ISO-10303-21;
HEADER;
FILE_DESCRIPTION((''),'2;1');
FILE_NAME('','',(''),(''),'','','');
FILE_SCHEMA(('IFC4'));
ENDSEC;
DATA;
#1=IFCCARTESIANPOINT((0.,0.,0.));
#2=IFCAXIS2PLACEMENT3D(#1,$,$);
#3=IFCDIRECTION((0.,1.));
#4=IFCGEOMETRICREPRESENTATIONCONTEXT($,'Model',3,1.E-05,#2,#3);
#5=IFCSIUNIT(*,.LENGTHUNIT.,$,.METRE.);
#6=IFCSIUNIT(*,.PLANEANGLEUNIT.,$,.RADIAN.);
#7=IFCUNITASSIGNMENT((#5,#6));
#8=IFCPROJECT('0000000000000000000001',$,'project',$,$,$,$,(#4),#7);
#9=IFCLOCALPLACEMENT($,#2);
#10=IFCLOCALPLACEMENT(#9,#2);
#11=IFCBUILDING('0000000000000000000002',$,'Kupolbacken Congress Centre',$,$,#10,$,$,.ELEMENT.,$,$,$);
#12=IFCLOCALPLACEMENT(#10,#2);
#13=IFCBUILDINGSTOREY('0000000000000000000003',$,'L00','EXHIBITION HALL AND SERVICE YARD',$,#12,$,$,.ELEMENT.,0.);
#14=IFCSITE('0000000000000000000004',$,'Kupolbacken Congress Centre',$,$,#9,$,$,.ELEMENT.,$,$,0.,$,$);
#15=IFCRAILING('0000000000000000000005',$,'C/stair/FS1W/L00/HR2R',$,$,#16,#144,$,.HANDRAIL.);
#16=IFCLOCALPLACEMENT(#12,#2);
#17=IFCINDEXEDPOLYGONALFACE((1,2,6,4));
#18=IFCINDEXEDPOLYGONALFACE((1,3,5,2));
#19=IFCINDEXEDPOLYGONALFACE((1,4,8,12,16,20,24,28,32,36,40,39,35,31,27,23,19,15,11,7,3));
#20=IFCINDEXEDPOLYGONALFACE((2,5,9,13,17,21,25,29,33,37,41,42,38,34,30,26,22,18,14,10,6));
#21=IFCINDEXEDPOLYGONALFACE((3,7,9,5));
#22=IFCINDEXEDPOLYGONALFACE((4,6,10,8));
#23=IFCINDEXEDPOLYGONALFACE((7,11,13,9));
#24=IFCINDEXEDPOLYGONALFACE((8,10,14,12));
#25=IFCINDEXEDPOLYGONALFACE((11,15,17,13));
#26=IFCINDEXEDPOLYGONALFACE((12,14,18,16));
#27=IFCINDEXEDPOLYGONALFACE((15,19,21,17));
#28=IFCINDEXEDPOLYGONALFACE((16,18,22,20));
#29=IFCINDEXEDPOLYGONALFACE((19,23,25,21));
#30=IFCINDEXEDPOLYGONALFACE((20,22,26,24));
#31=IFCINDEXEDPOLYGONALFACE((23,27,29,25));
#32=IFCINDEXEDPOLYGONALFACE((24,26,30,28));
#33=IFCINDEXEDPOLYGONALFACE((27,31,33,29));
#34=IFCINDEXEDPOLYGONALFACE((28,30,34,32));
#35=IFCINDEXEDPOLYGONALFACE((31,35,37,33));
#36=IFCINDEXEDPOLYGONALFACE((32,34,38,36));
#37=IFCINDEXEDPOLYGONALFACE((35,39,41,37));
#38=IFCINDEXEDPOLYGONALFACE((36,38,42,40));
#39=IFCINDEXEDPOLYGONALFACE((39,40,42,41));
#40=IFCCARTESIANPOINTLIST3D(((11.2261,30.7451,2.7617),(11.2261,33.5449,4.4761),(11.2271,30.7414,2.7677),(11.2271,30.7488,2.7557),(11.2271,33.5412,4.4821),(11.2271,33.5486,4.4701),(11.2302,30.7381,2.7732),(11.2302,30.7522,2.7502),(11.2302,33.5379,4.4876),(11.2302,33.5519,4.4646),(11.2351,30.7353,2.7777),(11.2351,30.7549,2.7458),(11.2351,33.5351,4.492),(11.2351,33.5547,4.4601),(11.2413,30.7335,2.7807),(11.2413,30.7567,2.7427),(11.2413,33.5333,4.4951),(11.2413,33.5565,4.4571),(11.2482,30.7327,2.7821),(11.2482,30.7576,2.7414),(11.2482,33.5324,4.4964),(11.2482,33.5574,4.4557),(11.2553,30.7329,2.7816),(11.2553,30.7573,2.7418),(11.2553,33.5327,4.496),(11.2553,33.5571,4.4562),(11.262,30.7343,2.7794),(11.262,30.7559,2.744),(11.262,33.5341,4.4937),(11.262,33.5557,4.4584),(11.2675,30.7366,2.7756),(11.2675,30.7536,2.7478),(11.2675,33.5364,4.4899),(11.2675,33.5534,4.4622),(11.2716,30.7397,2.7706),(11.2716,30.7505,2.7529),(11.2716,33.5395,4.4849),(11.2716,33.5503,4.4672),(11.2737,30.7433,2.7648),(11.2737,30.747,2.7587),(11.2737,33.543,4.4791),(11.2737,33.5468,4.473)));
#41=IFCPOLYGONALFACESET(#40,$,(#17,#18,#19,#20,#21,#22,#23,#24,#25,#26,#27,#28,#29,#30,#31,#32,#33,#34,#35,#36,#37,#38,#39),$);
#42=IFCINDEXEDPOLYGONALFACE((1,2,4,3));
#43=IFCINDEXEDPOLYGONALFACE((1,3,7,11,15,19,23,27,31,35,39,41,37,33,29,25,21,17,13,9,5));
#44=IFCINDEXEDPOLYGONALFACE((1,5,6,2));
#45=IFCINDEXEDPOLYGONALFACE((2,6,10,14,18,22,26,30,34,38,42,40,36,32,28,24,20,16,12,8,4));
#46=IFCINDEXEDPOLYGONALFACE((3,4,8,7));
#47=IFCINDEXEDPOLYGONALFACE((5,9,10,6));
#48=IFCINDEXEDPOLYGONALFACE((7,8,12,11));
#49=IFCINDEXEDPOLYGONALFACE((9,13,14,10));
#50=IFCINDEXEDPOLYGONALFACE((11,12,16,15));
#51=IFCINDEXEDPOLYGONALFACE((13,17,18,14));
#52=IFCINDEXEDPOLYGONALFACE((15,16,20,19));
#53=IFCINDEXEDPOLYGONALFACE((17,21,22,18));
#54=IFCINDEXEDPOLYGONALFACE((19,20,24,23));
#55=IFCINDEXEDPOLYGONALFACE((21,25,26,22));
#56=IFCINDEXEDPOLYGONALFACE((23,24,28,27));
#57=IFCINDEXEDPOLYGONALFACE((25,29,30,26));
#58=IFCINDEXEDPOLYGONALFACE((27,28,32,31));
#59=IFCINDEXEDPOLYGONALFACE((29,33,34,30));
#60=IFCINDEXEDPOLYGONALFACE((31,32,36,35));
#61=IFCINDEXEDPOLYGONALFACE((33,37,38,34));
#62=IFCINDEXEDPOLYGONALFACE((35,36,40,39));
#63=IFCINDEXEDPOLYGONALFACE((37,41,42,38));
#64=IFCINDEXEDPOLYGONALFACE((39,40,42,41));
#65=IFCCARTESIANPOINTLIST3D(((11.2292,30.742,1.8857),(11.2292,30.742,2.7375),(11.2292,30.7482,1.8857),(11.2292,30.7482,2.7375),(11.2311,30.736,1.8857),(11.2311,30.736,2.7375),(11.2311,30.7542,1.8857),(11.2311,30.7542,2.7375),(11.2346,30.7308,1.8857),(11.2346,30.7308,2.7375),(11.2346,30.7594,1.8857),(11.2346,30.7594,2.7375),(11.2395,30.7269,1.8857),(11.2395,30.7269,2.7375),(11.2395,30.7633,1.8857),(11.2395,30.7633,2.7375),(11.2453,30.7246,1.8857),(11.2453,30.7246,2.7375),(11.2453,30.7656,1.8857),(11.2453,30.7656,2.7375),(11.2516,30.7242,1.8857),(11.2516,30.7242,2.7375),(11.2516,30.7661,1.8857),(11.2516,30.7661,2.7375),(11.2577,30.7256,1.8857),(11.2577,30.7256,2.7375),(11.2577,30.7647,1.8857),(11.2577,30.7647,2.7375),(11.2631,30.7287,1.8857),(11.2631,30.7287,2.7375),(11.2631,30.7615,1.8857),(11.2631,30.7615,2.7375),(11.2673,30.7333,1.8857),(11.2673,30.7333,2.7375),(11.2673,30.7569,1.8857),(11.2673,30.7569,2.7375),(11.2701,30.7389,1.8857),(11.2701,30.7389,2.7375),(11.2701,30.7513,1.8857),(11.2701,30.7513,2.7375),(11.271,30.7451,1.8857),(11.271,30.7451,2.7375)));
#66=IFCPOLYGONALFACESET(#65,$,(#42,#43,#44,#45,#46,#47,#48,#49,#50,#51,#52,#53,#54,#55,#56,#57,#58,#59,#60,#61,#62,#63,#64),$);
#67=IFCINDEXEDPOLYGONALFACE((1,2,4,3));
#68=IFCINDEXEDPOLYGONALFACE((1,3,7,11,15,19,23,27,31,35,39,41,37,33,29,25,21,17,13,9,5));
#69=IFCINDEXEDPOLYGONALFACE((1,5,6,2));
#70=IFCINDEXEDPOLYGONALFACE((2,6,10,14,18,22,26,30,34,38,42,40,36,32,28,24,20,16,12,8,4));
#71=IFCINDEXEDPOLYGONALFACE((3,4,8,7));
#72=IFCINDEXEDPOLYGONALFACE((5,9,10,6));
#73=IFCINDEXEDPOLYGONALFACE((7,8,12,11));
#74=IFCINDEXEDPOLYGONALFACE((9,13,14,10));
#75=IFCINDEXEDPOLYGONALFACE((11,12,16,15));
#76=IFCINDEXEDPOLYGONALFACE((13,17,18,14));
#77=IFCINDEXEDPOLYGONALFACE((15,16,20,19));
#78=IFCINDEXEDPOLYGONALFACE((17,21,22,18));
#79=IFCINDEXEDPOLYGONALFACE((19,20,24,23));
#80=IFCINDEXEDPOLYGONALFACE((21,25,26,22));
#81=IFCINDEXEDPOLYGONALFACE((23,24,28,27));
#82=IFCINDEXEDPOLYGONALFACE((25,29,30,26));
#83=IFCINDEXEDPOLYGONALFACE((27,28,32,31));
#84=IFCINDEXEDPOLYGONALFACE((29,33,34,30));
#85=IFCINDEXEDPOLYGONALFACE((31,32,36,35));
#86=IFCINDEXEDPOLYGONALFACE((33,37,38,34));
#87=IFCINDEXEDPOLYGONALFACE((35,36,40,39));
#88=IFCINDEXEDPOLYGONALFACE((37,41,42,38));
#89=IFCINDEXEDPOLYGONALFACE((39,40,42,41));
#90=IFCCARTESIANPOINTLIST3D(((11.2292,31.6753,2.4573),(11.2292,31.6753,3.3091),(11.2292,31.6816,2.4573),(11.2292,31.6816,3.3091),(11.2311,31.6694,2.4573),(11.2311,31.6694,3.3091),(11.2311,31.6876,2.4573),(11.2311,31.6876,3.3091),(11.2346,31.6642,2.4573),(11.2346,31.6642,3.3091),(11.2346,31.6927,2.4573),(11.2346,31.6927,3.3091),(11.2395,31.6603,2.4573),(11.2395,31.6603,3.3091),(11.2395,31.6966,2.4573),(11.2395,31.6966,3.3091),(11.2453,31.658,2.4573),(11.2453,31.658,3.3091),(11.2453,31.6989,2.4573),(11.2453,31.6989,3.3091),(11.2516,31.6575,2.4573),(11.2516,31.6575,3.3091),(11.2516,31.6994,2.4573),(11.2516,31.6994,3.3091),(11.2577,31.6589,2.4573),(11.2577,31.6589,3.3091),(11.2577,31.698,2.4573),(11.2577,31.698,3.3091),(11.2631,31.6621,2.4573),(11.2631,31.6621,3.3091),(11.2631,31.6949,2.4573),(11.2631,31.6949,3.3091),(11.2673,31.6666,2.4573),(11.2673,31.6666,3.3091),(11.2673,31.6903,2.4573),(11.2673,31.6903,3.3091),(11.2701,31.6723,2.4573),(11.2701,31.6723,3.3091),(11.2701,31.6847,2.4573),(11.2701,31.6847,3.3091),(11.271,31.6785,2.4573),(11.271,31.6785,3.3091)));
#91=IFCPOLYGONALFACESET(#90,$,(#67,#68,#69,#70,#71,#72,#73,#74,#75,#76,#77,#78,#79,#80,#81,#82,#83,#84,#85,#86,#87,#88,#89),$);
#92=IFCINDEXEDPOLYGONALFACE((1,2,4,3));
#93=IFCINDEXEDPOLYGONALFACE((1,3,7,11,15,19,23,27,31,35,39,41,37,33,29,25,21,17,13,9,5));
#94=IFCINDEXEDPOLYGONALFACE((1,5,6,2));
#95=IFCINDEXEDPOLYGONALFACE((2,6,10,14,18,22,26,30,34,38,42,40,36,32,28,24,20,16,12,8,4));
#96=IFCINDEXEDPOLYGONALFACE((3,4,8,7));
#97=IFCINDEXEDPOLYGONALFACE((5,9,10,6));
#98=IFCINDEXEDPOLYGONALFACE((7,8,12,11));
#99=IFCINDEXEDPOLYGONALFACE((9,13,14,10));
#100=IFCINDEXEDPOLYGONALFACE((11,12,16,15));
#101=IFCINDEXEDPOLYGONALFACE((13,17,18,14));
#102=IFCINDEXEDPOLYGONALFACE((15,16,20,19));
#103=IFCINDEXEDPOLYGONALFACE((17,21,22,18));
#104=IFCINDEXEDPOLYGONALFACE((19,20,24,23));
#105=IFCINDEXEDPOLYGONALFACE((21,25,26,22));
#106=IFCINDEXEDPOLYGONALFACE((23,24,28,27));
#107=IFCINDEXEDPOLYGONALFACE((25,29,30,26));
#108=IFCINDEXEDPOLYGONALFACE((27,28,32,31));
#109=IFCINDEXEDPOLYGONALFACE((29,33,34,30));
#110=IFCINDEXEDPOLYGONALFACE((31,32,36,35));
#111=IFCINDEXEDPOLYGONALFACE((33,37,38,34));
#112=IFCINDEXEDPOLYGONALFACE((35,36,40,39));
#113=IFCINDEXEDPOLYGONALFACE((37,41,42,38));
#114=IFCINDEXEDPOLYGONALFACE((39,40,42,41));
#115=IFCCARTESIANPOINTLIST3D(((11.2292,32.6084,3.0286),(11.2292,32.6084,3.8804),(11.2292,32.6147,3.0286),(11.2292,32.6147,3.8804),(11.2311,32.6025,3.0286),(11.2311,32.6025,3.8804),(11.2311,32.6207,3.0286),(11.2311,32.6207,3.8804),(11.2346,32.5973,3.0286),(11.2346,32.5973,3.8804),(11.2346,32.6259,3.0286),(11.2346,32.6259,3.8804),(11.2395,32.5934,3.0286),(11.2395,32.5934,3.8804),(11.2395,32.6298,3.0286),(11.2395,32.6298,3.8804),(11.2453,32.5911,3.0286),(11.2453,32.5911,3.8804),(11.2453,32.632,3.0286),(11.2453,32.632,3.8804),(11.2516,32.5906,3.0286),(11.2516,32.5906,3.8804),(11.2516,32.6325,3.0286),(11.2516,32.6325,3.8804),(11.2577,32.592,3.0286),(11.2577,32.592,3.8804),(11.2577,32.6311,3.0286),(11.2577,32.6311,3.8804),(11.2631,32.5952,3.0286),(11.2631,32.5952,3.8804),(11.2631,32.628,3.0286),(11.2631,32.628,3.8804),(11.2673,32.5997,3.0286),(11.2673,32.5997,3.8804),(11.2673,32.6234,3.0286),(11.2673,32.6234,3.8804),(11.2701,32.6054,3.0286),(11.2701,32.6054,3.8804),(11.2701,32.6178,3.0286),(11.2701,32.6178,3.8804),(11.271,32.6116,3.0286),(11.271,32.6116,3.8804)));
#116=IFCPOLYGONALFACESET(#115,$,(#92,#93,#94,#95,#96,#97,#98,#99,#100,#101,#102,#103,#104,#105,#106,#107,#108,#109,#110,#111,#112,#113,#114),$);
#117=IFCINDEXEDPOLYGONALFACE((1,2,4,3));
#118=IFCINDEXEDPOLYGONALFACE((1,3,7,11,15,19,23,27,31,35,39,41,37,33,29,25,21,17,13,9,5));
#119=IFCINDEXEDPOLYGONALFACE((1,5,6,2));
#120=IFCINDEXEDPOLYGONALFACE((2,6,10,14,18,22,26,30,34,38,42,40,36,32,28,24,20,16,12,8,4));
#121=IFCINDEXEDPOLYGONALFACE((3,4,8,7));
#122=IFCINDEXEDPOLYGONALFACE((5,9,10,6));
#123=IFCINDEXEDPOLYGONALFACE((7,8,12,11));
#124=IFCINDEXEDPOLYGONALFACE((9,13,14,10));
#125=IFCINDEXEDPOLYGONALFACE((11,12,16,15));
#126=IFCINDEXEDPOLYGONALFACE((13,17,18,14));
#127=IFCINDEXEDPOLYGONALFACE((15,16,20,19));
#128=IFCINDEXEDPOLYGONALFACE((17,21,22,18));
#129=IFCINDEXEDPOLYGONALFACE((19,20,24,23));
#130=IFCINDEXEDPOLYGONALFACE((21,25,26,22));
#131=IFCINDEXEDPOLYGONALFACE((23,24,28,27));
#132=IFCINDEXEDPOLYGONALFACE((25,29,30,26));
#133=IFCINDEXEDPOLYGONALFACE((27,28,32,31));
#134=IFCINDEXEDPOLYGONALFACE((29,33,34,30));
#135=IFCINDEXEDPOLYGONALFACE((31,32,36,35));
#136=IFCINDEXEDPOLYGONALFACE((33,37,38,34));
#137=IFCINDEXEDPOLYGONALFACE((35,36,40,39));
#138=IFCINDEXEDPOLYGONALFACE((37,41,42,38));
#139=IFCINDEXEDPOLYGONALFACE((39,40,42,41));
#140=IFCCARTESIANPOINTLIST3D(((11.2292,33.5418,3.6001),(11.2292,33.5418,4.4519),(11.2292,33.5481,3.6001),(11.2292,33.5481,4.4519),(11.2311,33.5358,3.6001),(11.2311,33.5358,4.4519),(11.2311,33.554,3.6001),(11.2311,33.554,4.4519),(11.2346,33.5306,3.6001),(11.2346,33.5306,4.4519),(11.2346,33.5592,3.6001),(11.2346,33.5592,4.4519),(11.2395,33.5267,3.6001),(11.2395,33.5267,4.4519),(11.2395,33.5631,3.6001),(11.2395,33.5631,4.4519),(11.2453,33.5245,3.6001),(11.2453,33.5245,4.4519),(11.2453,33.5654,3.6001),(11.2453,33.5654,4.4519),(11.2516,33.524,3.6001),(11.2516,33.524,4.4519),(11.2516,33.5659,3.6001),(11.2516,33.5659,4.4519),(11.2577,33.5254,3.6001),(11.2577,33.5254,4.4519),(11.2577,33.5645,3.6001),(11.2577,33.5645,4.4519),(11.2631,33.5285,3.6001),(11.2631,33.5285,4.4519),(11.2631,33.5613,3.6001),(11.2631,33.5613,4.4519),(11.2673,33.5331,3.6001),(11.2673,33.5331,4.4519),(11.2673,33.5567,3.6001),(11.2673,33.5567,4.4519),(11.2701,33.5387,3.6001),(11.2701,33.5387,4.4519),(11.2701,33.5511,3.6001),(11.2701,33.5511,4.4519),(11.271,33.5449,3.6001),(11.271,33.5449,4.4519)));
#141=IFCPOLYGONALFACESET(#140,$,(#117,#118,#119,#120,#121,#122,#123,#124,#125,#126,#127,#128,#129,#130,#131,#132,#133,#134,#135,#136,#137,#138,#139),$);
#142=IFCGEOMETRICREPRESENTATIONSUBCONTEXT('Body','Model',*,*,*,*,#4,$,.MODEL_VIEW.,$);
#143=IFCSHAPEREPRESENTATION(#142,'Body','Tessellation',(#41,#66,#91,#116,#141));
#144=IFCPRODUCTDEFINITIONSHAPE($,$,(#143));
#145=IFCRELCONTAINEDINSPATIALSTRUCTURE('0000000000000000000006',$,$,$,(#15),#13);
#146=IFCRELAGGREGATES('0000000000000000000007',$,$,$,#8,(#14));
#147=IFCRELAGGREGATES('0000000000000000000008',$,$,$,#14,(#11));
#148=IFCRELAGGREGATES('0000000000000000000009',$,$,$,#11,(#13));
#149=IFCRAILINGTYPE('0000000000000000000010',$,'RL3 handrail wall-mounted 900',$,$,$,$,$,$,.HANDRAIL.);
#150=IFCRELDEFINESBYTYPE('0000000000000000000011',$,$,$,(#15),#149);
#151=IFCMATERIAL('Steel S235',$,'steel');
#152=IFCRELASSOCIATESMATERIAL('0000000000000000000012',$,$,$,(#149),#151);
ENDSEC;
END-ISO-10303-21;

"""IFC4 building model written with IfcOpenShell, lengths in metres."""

from ifc_helpers import new_model, si_unit, direction, frame, origin, origin_2d, place, context, subcontext, project, spatial, circle, extrude, material, type_object, element, save


model = new_model("IFC4")

# Units and contexts
model_context = context("Model", 3, precision=1e-05, world=origin(), true_north=direction((0.0, 1.0)))
body_context = subcontext(model_context, "Body", "Model", "MODEL_VIEW")
ifc_project = project(units=[si_unit("LENGTHUNIT", "METRE"), si_unit("PLANEANGLEUNIT", "RADIAN")], contexts=[model_context])

# Site, building, storey
site_placement = place(None, origin())
site = spatial("IfcSite", under=ifc_project, at=site_placement, Name="Kupolbacken Congress Centre", CompositionType="ELEMENT", RefElevation=0.0)
building_placement = place(site_placement, origin())
building = spatial("IfcBuilding", under=site, at=building_placement, Name="Kupolbacken Congress Centre", CompositionType="ELEMENT")
storey_placement = place(building_placement, origin())
storey = spatial("IfcBuildingStorey", under=building, at=storey_placement, Name="L00", Description="EXHIBITION HALL AND SERVICE YARD", CompositionType="ELEMENT", Elevation=0.0)

# Railing
ifc_material_1 = material(Name="Steel S235", Category="steel")
railing_type = type_object("IfcRailingType", Name="RL3 handrail wall-mounted 900", PredefinedType="HANDRAIL", material=ifc_material_1)
for number, where, name in (
    (1, (11.25, 30.7451, 1.8857), "C/stair/FS1W/L00/HR2R"),
):
    element("IfcRailing", number, at=place(storey_placement, frame(where)), inside=storey, type_object=railing_type, Name=name, PredefinedType="HANDRAIL", context=body_context, shape_type="SweptSolid", body=[
        extrude(circle(Radius=0.0239, at=origin_2d()), frame((0.0, 0.0, 0.876), z_axis=(0.0, 0.852826, 0.522196), x_axis=(-1.0, 0.0, 0.0)), (0.0, 0.0, 1.0), 3.283),
        extrude(circle(Radius=0.021, at=origin_2d()), origin(), (0.0, 0.0, 1.0), 0.8518),
        extrude(circle(Radius=0.021, at=origin_2d()), frame((0.0, 0.9333, 0.5715)), (0.0, 0.0, 1.0), 0.8518),
        extrude(circle(Radius=0.021, at=origin_2d()), frame((0.0, 1.8665, 1.1428)), (0.0, 0.0, 1.0), 0.8518),
        extrude(circle(Radius=0.021, at=origin_2d()), frame((0.0, 2.7998, 1.7144)), (0.0, 0.0, 1.0), 0.8518),
    ])

save(model, "model.ifc")
